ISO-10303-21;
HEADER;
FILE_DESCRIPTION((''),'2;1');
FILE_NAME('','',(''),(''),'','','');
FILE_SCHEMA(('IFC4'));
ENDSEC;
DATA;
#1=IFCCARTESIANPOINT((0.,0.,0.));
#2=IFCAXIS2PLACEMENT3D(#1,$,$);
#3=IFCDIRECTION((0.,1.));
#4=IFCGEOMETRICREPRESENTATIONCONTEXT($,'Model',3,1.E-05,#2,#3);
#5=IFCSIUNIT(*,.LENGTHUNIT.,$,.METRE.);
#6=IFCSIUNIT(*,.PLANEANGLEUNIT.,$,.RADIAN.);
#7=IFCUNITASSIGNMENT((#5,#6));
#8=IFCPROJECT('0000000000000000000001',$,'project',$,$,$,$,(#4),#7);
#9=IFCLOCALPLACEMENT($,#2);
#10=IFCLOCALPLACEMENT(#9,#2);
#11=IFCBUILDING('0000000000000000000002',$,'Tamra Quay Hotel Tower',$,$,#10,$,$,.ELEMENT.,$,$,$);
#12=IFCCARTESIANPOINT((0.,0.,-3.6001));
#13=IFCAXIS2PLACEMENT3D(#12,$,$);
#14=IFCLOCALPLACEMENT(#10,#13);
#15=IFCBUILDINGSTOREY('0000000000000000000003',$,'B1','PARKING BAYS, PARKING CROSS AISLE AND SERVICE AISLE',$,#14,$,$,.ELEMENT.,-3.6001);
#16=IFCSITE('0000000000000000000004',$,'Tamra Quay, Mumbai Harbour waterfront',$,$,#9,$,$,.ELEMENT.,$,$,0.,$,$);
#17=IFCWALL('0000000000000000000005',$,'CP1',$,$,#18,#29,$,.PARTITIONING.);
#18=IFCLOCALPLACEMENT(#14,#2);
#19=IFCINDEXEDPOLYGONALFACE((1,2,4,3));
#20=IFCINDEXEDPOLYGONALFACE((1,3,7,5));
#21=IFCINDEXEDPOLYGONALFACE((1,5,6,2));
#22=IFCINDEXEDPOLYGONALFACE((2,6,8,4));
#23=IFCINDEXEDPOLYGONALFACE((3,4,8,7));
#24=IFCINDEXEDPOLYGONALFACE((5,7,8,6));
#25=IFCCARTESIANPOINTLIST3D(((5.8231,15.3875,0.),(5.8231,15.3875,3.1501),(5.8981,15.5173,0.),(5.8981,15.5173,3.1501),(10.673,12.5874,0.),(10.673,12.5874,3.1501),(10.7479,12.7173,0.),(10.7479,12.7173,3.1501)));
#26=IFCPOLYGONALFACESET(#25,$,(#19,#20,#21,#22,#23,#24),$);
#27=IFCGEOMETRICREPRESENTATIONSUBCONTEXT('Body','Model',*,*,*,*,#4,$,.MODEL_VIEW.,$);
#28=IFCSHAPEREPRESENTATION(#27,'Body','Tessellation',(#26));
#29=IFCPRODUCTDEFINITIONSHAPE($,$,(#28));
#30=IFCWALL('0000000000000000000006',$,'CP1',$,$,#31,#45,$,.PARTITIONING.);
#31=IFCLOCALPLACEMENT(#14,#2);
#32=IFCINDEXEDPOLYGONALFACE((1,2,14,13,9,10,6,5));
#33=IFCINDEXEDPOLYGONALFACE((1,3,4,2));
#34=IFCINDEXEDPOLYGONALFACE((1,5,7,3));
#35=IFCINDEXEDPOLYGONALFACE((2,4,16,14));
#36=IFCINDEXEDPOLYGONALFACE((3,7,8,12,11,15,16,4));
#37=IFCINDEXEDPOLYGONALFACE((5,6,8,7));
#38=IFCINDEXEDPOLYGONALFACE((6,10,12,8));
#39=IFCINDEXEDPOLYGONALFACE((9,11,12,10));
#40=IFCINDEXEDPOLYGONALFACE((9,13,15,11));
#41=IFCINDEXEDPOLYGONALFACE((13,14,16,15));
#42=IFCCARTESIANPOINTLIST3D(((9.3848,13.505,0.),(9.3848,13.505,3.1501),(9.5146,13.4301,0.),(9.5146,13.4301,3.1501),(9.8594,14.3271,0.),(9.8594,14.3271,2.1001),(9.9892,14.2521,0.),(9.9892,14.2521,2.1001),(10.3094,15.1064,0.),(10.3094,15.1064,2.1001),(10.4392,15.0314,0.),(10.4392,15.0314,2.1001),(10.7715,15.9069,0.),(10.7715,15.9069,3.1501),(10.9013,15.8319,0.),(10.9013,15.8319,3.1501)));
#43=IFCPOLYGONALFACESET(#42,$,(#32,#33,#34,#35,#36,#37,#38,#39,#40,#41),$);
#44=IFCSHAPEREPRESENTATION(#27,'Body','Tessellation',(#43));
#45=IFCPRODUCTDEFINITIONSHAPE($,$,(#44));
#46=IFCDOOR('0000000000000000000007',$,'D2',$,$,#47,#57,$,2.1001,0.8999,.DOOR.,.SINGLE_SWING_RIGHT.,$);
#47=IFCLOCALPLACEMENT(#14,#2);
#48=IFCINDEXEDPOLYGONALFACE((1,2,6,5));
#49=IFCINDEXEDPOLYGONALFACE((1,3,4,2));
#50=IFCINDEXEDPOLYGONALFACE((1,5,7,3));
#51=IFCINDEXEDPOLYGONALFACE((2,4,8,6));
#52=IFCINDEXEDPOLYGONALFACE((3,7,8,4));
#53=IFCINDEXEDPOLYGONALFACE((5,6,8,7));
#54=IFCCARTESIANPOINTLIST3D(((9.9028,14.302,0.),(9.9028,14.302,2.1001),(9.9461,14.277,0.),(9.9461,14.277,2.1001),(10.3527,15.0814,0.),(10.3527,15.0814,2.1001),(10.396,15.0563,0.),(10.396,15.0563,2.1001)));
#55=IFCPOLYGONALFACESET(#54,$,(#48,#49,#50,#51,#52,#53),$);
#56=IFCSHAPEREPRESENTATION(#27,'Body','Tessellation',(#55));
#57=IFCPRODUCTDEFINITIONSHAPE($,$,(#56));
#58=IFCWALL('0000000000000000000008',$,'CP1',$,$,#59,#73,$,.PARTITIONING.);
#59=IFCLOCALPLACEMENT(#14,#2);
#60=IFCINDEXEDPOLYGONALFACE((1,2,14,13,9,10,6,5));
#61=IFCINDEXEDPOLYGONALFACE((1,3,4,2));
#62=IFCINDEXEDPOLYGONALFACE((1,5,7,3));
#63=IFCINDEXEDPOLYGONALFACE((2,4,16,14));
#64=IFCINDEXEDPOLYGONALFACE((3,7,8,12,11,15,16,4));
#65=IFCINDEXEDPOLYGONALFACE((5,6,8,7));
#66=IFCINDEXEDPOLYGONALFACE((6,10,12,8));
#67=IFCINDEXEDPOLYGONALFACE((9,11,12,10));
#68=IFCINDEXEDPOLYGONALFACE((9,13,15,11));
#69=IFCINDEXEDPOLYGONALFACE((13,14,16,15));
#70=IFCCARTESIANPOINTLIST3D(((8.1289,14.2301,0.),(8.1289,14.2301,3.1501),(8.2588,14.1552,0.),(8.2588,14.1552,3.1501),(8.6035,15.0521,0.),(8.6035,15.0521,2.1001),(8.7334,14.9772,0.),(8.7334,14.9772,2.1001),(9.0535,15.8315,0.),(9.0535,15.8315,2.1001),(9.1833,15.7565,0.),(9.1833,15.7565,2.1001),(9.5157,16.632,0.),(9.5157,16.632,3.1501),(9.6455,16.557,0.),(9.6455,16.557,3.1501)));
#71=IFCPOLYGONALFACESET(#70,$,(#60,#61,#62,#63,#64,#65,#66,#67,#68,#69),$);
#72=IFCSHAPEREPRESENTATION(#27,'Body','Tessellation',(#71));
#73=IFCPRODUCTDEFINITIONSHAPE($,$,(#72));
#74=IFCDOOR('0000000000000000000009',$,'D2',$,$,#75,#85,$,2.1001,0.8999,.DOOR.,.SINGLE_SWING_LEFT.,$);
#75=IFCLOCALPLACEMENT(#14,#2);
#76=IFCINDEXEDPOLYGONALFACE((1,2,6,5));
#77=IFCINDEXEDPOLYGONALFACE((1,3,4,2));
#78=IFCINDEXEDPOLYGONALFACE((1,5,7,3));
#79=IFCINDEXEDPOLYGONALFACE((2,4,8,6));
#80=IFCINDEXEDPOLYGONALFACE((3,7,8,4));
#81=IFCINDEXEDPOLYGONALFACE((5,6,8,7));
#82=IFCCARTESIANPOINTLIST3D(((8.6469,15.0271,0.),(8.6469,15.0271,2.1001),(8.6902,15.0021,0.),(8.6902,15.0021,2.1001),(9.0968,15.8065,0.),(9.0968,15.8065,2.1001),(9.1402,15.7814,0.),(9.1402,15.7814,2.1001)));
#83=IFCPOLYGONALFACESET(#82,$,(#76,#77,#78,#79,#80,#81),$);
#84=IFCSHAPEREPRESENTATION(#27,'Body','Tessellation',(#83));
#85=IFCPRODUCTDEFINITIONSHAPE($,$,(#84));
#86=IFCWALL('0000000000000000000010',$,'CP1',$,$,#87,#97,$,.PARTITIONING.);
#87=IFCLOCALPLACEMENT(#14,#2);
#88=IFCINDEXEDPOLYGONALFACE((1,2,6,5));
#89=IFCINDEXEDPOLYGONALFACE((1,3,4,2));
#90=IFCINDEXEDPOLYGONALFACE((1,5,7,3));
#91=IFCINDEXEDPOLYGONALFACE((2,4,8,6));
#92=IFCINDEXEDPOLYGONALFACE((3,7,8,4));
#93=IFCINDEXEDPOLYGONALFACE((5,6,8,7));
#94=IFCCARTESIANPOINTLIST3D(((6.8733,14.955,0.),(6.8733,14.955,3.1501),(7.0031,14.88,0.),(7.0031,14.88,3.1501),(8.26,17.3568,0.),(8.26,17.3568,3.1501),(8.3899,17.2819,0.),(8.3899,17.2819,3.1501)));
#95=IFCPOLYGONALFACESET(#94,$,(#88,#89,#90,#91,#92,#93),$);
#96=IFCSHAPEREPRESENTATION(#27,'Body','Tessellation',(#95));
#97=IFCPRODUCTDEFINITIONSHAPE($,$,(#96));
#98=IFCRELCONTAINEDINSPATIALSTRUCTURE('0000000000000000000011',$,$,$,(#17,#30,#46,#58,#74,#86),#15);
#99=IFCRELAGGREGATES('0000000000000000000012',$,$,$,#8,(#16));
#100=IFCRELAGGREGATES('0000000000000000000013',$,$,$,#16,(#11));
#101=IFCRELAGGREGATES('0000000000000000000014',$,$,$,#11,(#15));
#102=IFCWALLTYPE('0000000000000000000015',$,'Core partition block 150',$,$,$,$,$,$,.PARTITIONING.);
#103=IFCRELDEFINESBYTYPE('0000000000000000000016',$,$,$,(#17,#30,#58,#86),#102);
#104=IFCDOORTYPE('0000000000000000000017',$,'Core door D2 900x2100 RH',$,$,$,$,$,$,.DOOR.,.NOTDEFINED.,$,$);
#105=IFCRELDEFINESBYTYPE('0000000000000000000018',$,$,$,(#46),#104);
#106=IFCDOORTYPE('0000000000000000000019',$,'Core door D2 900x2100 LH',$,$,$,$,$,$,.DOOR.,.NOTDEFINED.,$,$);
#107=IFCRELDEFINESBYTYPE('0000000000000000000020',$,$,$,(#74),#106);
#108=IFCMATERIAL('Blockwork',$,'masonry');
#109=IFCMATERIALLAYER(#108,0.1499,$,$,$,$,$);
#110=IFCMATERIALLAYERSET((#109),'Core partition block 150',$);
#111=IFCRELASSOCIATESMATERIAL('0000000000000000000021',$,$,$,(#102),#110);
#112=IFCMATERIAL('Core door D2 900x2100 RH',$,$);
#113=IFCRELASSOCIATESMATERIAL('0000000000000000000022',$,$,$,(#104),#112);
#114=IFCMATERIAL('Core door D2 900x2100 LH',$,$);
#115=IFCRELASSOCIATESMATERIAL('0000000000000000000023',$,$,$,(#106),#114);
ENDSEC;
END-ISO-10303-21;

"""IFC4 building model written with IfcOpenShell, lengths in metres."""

from ifc_helpers import new_model, si_unit, direction, frame, frame_2d, origin, place, context, subcontext, project, spatial, rectangle, extrude, material, layer, layer_set, type_object, element, fill, save


model = new_model("IFC4")

# Units and contexts
model_context = context("Model", 3, precision=1e-05, world=origin(), true_north=direction((0.0, 1.0)))
body_context = subcontext(model_context, "Body", "Model", "MODEL_VIEW")
ifc_project = project(units=[si_unit("LENGTHUNIT", "METRE"), si_unit("PLANEANGLEUNIT", "RADIAN")], contexts=[model_context])

# Site, building, storey
site_placement = place(None, origin())
site = spatial("IfcSite", under=ifc_project, at=site_placement, Name="Tamra Quay, Mumbai Harbour waterfront", CompositionType="ELEMENT", RefElevation=0.0)
building_placement = place(site_placement, origin())
building = spatial("IfcBuilding", under=site, at=building_placement, Name="Tamra Quay Hotel Tower", CompositionType="ELEMENT")
storey_placement = place(building_placement, frame((0.0, 0.0, -3.6001)))
storey = spatial("IfcBuildingStorey", under=building, at=storey_placement, Name="B1", Description="PARKING BAYS, PARKING CROSS AISLE AND SERVICE AISLE", CompositionType="ELEMENT", Elevation=-3.6001)

# Wall
ifc_material_1 = material(Name="Blockwork", Category="masonry")
ifc_layer_1 = layer(ifc_material_1, 0.1499)
ifc_layer_set_1 = layer_set([ifc_layer_1], Name="Core partition block 150")
wall_type_1 = type_object("IfcWallType", Name="Core partition block 150", PredefinedType="PARTITIONING", material=ifc_layer_set_1)
wall_1_placement = place(storey_placement, frame((5.8606, 15.4524, 0.0), z_axis=(0.0, 0.0, 1.0), x_axis=(0.866027, -0.499998, 0.0)))
element("IfcWall", 1, at=wall_1_placement, inside=storey, type_object=wall_type_1, Name="CP1", PredefinedType="PARTITIONING", context=body_context, shape_type="SweptSolid", body=[
    extrude(rectangle(XDim=5.6001, YDim=0.1499, at=frame_2d((2.8, 0.0))), origin(), (0.0, 0.0, 1.0), 3.1501),
])

# Walls, openings, doors
wall_2_placement = place(storey_placement, frame((9.4497, 13.4675, 0.0), z_axis=(0.0, 0.0, 1.0), x_axis=(0.500002, 0.866024, 0.0)))
wall_2 = element("IfcWall", 2, at=wall_2_placement, inside=storey, type_object=wall_type_1, Name="CP1", PredefinedType="PARTITIONING", context=body_context, shape_type="SweptSolid", body=[
    extrude(rectangle(XDim=2.7734, YDim=0.1499, at=frame_2d((1.3867, 0.0))), origin(), (0.0, 0.0, 1.0), 3.1501),
])
opening_1_placement = place(wall_2_placement, frame((0.9492, 0.0, 0.0)))
opening_1 = element("IfcOpeningElement", 3, at=opening_1_placement, cuts=wall_2, PredefinedType="OPENING", context=body_context, shape_type="SweptSolid", body=[
    extrude(rectangle(XDim=0.8999, YDim=2.1001, at=frame_2d((0.45, 1.05))), frame((0.0, 0.085, 0.0), z_axis=(0.0, -1.0, 0.0), x_axis=(1.0, 0.0, 0.0)), (0.0, 0.0, 1.0), 0.1699),
])
ifc_material_2 = material(Name="Core door D2 900x2100 RH")
door_type_1 = type_object("IfcDoorType", Name="Core door D2 900x2100 RH", OperationType="NOTDEFINED", PredefinedType="DOOR", material=ifc_material_2)
door_1_placement = place(opening_1_placement, origin())
door_1 = element("IfcDoor", 4, at=door_1_placement, inside=storey, type_object=door_type_1, Name="D2", OperationType="SINGLE_SWING_RIGHT", OverallHeight=2.1001, OverallWidth=0.8999, PredefinedType="DOOR", context=body_context, shape_type="SweptSolid", body=[
    extrude(rectangle(XDim=0.8999, YDim=2.1001, at=frame_2d((0.45, 1.05))), frame((0.0, 0.0249, 0.0), z_axis=(0.0, -1.0, 0.0), x_axis=(1.0, 0.0, 0.0)), (0.0, 0.0, 1.0), 0.05),
])
fill(opening_1, door_1)
wall_3_placement = place(storey_placement, frame((8.1938, 14.1926, 0.0), z_axis=(0.0, 0.0, 1.0), x_axis=(0.500002, 0.866024, 0.0)))
wall_3 = element("IfcWall", 5, at=wall_3_placement, inside=storey, type_object=wall_type_1, Name="CP1", PredefinedType="PARTITIONING", context=body_context, shape_type="SweptSolid", body=[
    extrude(rectangle(XDim=2.7734, YDim=0.1499, at=frame_2d((1.3867, 0.0))), origin(), (0.0, 0.0, 1.0), 3.1501),
])
opening_2_placement = place(wall_3_placement, frame((0.9492, 0.0, 0.0)))
opening_2 = element("IfcOpeningElement", 6, at=opening_2_placement, cuts=wall_3, PredefinedType="OPENING", context=body_context, shape_type="SweptSolid", body=[
    extrude(rectangle(XDim=0.8999, YDim=2.1001, at=frame_2d((0.45, 1.05))), frame((0.0, 0.085, 0.0), z_axis=(0.0, -1.0, 0.0), x_axis=(1.0, 0.0, 0.0)), (0.0, 0.0, 1.0), 0.1699),
])
ifc_material_3 = material(Name="Core door D2 900x2100 LH")
door_type_2 = type_object("IfcDoorType", Name="Core door D2 900x2100 LH", OperationType="NOTDEFINED", PredefinedType="DOOR", material=ifc_material_3)
door_2_placement = place(opening_2_placement, origin())
door_2 = element("IfcDoor", 7, at=door_2_placement, inside=storey, type_object=door_type_2, Name="D2", OperationType="SINGLE_SWING_LEFT", OverallHeight=2.1001, OverallWidth=0.8999, PredefinedType="DOOR", context=body_context, shape_type="SweptSolid", body=[
    extrude(rectangle(XDim=0.8999, YDim=2.1001, at=frame_2d((0.45, 1.05))), frame((0.0, 0.0249, 0.0), z_axis=(0.0, -1.0, 0.0), x_axis=(1.0, 0.0, 0.0)), (0.0, 0.0, 1.0), 0.05),
])
fill(opening_2, door_2)

# Wall
wall_4_placement = place(storey_placement, frame((6.9382, 14.9175, 0.0), z_axis=(0.0, 0.0, 1.0), x_axis=(0.500002, 0.866024, 0.0)))
element("IfcWall", 8, at=wall_4_placement, inside=storey, type_object=wall_type_1, Name="CP1", PredefinedType="PARTITIONING", context=body_context, shape_type="SweptSolid", body=[
    extrude(rectangle(XDim=2.7734, YDim=0.1499, at=frame_2d((1.3867, 0.0))), origin(), (0.0, 0.0, 1.0), 3.1501),
])

save(model, "model.ifc")
